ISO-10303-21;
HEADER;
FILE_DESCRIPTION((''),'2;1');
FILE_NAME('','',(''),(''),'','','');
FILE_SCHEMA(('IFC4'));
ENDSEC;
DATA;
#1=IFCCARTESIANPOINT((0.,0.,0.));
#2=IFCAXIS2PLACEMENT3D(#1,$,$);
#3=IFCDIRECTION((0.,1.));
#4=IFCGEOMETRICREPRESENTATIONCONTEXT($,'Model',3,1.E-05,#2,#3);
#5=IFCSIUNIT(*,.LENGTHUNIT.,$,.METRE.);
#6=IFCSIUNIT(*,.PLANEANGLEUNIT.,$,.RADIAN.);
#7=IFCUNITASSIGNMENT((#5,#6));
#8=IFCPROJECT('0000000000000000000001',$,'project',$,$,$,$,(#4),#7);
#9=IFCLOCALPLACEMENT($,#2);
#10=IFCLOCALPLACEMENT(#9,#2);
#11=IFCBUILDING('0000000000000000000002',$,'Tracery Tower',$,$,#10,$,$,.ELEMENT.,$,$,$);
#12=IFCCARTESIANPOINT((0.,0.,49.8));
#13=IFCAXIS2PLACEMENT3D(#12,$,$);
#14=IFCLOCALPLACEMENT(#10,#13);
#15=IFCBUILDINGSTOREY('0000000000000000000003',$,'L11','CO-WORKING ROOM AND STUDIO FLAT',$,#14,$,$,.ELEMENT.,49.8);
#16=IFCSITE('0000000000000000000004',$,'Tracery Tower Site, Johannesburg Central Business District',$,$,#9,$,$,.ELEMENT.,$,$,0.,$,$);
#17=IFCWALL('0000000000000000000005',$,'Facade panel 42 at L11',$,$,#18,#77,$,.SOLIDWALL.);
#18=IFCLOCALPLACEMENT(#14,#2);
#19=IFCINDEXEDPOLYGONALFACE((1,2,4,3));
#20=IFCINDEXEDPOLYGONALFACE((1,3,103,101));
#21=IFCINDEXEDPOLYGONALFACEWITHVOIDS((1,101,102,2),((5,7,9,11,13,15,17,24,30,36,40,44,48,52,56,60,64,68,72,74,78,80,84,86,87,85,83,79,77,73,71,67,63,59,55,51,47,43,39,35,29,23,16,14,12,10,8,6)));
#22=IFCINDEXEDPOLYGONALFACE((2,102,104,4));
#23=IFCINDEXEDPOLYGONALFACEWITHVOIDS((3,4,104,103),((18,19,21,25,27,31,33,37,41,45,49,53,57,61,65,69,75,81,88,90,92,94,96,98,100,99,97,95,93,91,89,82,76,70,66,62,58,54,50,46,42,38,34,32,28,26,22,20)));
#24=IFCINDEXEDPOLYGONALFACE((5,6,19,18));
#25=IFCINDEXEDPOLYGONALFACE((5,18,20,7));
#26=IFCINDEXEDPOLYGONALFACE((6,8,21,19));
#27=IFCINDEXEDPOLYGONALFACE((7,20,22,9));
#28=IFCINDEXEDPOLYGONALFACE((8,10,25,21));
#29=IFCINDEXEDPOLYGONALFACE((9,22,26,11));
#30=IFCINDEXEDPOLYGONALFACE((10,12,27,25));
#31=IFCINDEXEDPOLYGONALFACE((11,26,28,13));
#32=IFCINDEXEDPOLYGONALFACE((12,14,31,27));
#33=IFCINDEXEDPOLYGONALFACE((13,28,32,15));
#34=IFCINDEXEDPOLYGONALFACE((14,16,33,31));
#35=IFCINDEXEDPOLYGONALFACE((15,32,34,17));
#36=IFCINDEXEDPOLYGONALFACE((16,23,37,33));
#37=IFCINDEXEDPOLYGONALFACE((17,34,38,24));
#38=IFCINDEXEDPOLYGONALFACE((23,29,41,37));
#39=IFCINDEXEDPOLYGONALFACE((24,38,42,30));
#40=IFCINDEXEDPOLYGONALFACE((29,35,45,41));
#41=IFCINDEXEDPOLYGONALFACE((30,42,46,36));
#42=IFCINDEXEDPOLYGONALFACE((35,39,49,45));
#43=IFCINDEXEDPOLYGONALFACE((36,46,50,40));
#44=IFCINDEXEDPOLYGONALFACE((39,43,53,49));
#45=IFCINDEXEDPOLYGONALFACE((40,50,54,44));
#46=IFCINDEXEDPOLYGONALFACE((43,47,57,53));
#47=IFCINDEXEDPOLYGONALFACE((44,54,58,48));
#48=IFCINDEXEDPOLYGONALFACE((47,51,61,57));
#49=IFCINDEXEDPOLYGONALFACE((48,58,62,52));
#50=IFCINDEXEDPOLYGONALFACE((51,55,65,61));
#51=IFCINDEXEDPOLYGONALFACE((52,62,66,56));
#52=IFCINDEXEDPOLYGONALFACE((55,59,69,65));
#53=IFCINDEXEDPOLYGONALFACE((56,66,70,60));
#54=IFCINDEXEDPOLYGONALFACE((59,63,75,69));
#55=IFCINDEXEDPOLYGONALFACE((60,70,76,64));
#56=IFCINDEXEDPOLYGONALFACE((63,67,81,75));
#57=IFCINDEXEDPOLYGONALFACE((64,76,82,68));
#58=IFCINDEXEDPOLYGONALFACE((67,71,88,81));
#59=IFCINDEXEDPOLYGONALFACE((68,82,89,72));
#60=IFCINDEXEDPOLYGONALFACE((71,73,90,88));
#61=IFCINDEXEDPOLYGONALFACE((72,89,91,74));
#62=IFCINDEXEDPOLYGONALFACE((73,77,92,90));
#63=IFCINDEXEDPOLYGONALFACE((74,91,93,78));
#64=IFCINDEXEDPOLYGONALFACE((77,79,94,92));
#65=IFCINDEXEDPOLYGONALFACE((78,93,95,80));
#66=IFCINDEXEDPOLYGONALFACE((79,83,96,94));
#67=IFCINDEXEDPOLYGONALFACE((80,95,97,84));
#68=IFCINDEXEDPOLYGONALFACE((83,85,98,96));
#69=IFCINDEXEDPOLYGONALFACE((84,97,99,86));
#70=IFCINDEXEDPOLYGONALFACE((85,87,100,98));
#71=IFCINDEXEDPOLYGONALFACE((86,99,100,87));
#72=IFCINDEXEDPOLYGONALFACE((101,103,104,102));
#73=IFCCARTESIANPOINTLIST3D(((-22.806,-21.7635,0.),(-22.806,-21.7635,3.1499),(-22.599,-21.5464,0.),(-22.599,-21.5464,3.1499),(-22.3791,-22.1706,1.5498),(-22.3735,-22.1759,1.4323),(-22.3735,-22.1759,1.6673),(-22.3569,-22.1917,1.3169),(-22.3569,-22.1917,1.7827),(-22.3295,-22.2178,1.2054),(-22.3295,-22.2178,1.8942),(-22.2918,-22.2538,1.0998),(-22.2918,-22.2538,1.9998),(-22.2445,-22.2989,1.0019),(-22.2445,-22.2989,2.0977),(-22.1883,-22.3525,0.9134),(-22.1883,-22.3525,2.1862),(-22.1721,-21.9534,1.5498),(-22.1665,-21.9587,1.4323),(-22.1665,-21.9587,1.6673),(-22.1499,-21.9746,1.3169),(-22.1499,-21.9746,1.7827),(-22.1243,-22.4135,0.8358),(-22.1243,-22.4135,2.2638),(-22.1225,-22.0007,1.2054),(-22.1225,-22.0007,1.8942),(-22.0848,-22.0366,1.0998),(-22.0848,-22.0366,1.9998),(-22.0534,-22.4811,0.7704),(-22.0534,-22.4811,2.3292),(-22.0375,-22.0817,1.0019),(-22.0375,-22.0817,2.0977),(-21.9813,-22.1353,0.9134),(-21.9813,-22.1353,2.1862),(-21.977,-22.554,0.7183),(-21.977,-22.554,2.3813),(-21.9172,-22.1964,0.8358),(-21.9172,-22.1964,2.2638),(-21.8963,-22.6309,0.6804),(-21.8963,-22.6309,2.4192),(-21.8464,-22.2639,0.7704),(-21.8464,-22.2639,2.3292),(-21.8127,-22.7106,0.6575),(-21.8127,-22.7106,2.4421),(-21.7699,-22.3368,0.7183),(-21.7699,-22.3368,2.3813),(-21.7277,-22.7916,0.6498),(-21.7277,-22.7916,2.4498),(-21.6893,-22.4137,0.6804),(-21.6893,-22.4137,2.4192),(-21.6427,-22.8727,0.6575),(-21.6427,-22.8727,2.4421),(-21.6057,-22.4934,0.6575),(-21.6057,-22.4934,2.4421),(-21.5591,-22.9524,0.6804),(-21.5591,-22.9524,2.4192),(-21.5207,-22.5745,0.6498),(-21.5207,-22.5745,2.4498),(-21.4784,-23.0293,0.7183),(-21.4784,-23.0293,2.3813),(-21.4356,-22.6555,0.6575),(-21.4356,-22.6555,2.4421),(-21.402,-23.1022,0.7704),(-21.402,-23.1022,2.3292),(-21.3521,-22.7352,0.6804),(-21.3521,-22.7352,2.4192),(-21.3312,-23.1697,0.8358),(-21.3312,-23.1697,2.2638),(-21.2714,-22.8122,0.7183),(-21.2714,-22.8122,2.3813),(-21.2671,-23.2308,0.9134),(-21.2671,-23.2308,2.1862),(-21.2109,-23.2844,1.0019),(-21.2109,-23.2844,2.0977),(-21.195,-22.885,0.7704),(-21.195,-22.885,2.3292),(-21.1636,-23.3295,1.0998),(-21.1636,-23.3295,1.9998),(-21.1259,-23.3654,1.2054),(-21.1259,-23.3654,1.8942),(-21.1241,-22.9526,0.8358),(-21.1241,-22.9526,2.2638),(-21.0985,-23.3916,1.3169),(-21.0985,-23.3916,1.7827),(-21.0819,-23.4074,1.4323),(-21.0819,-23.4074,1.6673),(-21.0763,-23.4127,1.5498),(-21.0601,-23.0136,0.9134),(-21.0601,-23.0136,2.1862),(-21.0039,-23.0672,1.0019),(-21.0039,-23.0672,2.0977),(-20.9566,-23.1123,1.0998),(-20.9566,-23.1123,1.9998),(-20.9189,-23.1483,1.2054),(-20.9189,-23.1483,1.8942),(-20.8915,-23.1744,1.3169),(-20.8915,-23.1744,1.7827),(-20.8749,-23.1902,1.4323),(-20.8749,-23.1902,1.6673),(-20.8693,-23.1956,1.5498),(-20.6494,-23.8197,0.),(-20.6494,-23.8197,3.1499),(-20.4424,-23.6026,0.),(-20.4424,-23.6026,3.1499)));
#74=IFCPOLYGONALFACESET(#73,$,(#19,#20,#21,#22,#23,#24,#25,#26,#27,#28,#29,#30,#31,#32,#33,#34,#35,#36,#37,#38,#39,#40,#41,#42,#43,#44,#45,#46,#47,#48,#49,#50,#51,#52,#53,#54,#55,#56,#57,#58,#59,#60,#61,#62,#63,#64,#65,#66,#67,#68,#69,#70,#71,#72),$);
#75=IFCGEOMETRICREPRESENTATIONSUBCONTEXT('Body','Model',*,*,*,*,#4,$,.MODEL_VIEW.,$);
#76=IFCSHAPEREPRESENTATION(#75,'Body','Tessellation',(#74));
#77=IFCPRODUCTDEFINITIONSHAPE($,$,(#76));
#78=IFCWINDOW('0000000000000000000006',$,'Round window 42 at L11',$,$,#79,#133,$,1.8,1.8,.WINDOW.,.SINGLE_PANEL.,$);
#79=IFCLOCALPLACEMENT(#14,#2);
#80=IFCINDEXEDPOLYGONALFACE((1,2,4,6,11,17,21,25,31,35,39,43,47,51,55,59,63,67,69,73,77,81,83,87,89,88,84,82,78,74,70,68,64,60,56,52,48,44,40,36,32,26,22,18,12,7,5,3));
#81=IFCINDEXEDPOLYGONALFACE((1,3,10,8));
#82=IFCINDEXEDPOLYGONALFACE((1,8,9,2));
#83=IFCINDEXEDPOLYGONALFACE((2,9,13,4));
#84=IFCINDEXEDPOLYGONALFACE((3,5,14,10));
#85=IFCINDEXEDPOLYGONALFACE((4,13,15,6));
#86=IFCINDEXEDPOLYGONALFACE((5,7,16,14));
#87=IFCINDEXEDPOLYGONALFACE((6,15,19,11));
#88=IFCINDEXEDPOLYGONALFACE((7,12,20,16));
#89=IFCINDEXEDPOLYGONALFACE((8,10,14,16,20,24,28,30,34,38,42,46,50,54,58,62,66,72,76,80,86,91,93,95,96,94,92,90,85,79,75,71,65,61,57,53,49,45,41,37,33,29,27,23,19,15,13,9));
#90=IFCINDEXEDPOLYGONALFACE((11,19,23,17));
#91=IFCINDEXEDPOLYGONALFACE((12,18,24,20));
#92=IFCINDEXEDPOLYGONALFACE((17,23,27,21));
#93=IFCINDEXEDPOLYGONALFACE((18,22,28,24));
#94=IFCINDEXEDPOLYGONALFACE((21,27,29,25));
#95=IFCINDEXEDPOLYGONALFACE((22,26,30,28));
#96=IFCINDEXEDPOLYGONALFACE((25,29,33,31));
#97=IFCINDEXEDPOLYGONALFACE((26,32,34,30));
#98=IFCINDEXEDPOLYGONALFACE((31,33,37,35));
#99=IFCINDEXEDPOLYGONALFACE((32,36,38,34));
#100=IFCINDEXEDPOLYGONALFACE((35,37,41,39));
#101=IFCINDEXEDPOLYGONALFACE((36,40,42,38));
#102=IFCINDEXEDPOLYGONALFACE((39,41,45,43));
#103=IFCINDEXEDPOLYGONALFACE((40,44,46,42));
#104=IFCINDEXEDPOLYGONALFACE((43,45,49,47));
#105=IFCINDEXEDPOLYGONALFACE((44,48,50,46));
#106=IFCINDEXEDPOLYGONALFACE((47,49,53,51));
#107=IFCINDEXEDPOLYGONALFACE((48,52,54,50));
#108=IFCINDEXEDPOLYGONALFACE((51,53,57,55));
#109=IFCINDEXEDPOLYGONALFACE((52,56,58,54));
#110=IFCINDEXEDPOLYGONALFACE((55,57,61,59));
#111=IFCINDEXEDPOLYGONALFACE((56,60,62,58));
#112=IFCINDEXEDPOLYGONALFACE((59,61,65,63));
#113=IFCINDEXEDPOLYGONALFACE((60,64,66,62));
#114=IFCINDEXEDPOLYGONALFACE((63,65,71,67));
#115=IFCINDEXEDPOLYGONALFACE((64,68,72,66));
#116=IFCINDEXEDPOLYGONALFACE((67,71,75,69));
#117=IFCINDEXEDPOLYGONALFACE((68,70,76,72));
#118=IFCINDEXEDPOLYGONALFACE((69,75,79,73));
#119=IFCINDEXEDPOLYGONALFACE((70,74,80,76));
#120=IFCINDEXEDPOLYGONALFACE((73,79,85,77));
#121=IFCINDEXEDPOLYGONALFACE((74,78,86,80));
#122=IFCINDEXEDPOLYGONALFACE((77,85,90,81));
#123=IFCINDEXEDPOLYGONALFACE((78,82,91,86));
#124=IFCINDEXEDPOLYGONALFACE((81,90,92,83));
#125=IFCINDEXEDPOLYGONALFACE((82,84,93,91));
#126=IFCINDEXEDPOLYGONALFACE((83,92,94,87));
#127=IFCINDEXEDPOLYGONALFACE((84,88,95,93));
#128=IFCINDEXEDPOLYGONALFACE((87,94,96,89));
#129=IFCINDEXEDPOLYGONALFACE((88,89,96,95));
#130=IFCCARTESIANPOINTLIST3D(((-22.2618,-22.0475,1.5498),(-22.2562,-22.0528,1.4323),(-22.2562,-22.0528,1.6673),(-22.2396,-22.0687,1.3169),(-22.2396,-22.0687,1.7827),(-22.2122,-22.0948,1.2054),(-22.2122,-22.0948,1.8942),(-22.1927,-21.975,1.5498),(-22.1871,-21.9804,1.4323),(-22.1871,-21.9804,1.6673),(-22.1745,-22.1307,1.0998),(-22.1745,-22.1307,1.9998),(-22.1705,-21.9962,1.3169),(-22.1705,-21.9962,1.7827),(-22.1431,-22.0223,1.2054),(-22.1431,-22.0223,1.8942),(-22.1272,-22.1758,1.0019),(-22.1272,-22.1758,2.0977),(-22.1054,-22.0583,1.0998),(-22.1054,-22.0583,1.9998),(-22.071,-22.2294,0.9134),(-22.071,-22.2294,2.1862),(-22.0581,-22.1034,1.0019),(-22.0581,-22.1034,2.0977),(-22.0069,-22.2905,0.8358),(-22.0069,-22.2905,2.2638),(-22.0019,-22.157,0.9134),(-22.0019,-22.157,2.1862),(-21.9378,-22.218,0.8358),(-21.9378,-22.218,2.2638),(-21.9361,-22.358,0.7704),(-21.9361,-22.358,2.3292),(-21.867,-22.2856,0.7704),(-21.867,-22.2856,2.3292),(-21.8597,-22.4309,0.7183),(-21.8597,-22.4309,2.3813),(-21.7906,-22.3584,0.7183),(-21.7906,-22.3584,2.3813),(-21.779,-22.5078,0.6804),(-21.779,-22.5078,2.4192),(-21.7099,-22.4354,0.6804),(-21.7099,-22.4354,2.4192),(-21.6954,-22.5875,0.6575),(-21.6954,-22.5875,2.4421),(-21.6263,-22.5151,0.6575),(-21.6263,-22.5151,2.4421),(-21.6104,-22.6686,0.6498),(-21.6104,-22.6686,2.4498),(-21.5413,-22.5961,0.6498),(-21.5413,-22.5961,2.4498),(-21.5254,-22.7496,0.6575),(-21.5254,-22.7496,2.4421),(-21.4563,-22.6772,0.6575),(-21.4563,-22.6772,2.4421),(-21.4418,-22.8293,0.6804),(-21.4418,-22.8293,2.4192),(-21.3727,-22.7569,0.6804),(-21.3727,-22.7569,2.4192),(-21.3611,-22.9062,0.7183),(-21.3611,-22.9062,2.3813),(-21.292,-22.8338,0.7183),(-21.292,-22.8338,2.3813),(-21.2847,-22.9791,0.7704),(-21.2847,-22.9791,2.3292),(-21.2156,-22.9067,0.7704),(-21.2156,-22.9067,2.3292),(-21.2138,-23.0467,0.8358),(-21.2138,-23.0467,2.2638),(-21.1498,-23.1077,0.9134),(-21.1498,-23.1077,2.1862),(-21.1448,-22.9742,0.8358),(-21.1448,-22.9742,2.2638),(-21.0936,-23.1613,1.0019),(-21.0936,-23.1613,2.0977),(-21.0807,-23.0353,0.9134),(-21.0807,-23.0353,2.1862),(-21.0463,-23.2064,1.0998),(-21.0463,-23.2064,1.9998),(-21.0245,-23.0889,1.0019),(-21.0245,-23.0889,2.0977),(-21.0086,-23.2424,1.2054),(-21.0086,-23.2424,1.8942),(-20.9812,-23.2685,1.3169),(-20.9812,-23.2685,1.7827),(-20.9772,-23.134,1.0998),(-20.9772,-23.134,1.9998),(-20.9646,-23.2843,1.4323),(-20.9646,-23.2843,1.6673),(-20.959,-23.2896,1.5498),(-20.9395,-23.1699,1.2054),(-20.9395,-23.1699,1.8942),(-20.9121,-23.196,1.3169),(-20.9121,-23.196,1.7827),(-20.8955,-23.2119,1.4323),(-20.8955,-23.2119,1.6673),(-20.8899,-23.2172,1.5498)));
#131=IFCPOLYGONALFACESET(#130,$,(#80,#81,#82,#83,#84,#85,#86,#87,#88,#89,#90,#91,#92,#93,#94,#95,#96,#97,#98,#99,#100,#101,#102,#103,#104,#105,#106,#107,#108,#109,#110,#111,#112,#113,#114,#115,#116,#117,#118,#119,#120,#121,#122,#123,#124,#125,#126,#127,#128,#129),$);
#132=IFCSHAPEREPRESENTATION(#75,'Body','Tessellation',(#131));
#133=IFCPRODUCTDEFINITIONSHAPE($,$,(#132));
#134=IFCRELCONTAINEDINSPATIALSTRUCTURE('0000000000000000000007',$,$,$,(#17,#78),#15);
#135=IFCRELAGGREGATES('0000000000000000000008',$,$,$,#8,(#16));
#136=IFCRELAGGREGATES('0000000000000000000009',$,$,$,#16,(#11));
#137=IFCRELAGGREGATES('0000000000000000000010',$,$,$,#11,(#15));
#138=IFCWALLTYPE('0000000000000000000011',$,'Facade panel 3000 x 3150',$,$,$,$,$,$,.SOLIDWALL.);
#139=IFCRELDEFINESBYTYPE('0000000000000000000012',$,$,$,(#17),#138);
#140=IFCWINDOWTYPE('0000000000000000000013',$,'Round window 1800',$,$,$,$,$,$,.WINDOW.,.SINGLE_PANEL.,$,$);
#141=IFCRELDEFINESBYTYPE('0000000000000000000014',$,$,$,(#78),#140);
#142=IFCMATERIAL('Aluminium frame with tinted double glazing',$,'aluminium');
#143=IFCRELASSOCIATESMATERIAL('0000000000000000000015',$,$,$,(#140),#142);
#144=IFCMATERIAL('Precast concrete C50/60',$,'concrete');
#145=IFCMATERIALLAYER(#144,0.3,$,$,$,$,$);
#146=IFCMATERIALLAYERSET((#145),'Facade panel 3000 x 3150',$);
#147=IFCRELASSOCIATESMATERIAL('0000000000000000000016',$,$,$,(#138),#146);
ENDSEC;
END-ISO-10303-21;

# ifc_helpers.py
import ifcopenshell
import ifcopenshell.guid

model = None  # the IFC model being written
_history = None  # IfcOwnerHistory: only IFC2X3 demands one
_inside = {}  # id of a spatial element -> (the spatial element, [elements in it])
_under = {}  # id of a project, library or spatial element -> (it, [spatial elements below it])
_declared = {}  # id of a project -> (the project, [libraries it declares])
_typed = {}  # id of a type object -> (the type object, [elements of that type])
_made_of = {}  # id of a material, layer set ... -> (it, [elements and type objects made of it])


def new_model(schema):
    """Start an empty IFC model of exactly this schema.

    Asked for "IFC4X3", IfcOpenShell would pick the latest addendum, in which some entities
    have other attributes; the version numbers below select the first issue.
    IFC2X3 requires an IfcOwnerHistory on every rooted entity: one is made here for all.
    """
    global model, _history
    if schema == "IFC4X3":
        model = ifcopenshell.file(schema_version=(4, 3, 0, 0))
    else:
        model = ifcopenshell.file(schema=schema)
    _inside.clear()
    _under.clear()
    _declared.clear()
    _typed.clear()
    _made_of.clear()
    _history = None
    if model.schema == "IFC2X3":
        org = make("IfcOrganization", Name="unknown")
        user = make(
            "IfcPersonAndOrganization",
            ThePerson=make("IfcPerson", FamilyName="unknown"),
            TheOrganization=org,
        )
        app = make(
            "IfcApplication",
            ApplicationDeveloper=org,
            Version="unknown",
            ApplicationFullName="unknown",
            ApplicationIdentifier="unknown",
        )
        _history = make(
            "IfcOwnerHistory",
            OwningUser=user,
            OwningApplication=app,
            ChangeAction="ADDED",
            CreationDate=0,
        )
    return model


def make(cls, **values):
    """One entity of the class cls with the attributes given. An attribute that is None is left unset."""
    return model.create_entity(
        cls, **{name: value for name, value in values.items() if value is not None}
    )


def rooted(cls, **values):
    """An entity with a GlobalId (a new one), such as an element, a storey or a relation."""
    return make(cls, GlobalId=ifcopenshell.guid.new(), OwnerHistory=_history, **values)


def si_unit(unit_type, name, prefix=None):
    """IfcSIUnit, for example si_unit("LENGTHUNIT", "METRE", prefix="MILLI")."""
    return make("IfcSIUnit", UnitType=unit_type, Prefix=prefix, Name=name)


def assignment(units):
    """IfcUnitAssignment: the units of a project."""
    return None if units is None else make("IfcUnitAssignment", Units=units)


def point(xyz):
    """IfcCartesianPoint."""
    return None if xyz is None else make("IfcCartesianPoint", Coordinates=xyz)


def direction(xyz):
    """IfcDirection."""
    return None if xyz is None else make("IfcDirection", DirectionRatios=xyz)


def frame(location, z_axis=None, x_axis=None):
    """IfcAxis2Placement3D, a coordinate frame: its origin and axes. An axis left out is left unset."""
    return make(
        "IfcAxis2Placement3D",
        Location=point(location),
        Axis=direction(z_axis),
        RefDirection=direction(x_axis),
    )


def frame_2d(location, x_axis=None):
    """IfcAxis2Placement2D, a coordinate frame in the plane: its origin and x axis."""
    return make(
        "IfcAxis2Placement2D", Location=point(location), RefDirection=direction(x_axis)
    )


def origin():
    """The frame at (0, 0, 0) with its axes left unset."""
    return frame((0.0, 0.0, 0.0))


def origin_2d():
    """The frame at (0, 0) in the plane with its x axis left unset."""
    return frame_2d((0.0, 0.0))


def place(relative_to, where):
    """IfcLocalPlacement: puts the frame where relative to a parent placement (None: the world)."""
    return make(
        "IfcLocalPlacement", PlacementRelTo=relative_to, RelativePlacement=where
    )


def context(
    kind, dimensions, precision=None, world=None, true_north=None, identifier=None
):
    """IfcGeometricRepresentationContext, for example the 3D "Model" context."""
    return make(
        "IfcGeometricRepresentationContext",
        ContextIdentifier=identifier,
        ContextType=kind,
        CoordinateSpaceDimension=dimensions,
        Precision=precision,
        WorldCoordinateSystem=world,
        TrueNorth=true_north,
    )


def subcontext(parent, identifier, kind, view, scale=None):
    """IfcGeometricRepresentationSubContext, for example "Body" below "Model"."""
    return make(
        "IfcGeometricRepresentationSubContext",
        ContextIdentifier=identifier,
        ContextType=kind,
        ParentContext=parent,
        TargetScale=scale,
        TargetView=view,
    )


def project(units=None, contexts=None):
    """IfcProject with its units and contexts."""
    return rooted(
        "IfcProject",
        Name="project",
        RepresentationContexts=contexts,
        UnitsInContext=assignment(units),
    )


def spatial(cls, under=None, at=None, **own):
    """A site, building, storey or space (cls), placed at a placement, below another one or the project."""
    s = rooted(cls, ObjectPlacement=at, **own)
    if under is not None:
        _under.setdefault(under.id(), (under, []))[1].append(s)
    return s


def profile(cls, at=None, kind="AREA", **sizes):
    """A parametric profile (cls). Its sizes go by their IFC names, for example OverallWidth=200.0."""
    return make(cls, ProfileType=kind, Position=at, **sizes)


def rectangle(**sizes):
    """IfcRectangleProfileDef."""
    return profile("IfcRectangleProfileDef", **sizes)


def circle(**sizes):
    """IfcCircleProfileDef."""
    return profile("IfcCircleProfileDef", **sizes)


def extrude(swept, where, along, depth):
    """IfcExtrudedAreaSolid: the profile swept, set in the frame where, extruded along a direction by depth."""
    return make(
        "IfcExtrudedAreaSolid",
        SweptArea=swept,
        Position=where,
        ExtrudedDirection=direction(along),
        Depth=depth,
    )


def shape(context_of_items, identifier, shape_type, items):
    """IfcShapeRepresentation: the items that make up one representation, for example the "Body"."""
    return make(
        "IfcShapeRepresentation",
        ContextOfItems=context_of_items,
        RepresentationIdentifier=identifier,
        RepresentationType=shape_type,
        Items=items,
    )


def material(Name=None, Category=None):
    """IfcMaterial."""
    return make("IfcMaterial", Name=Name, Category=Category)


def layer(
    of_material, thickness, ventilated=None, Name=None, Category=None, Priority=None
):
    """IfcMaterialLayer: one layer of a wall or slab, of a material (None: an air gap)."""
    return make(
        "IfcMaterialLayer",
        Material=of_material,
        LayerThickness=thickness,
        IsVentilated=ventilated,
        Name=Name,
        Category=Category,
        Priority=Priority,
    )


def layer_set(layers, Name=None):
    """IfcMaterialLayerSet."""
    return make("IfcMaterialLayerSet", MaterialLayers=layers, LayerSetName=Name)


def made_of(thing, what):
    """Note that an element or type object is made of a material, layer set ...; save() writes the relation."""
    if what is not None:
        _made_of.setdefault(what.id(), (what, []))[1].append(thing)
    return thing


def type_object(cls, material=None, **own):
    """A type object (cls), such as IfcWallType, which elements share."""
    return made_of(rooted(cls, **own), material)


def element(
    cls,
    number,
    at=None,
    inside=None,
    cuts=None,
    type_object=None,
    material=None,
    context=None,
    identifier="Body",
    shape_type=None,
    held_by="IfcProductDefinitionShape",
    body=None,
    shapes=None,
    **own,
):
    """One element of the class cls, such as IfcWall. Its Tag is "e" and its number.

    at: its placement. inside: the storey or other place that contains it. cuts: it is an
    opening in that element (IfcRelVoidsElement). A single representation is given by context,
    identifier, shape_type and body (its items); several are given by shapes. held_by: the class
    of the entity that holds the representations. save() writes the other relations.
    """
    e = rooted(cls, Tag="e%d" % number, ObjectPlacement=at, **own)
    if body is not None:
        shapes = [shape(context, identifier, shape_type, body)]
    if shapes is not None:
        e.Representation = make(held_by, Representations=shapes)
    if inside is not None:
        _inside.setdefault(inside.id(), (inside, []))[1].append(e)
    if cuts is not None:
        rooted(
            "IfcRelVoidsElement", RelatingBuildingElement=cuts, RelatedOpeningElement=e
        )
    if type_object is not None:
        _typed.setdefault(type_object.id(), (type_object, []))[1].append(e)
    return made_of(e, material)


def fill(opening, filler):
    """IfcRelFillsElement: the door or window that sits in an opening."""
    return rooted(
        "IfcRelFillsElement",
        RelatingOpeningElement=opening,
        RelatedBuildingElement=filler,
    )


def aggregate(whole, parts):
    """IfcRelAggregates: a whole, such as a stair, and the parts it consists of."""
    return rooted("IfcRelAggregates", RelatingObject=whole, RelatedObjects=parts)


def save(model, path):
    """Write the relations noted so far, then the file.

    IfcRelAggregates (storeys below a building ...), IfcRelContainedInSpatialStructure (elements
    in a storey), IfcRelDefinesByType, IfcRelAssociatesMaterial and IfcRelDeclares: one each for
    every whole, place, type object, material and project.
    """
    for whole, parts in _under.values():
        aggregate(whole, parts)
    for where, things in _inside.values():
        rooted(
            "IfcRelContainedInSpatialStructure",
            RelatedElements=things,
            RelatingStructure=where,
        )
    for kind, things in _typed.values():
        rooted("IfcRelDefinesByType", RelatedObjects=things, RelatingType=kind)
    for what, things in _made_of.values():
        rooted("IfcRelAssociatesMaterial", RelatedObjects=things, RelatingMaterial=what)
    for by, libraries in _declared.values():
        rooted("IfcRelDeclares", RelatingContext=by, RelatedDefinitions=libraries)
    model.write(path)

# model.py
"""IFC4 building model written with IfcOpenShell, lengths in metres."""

from ifc_helpers import new_model, si_unit, direction, frame, frame_2d, origin, origin_2d, place, context, subcontext, project, spatial, rectangle, circle, extrude, material, layer, layer_set, type_object, element, fill, save


model = new_model("IFC4")

# Units and contexts
model_context = context("Model", 3, precision=1e-05, world=origin(), true_north=direction((0.0, 1.0)))
body_context = subcontext(model_context, "Body", "Model", "MODEL_VIEW")
ifc_project = project(units=[si_unit("LENGTHUNIT", "METRE"), si_unit("PLANEANGLEUNIT", "RADIAN")], contexts=[model_context])

# Site, building, storey
site_placement = place(None, origin())
site = spatial("IfcSite", under=ifc_project, at=site_placement, Name="Tracery Tower Site, Johannesburg Central Business District", CompositionType="ELEMENT", RefElevation=0.0)
building_placement = place(site_placement, origin())
building = spatial("IfcBuilding", under=site, at=building_placement, Name="Tracery Tower", CompositionType="ELEMENT")
storey_placement = place(building_placement, frame((0.0, 0.0, 49.8)))
storey = spatial("IfcBuildingStorey", under=building, at=storey_placement, Name="L11", Description="CO-WORKING ROOM AND STUDIO FLAT", CompositionType="ELEMENT", Elevation=49.8)

# Wall, opening, window
ifc_material_1 = material(Name="Aluminium frame with tinted double glazing", Category="aluminium")
window_type = type_object("IfcWindowType", Name="Round window 1800", PartitioningType="SINGLE_PANEL", PredefinedType="WINDOW", material=ifc_material_1)
ifc_material_2 = material(Name="Precast concrete C50/60", Category="concrete")
ifc_layer_1 = layer(ifc_material_2, 0.3)
ifc_layer_set_1 = layer_set([ifc_layer_1], Name="Facade panel 3000 x 3150")
wall_type_1 = type_object("IfcWallType", Name="Facade panel 3000 x 3150", PredefinedType="SOLIDWALL", material=ifc_layer_set_1)
wall_1_placement = place(storey_placement, frame((-22.7024, -21.655, 0.0), z_axis=(0.0, 0.0, 1.0), x_axis=(0.723744, -0.690068, 0.0)))
wall_1 = element("IfcWall", 1, at=wall_1_placement, inside=storey, type_object=wall_type_1, Name="Facade panel 42 at L11", PredefinedType="SOLIDWALL", context=body_context, shape_type="SweptSolid", body=[
    extrude(rectangle(XDim=2.9797, YDim=0.3, at=frame_2d((1.4897, 0.0))), origin(), (0.0, 0.0, 1.0), 3.1499),
])
opening_1_placement = place(wall_1_placement, frame((1.4897, 0.0, 1.5498)))
opening_1 = element("IfcOpeningElement", 2, at=opening_1_placement, cuts=wall_1, PredefinedType="OPENING", context=body_context, shape_type="SweptSolid", body=[
    extrude(circle(Radius=0.9, at=origin_2d()), frame((0.0, 0.1599, 0.0), z_axis=(0.0, -1.0, 0.0), x_axis=(1.0, 0.0, 0.0)), (0.0, 0.0, 1.0), 0.3201),
])
window_1_placement = place(opening_1_placement, origin())
window_1 = element("IfcWindow", 3, at=window_1_placement, inside=storey, type_object=window_type, Name="Round window 42 at L11", OverallHeight=1.8, OverallWidth=1.8, PartitioningType="SINGLE_PANEL", PredefinedType="WINDOW", context=body_context, shape_type="SweptSolid", body=[
    extrude(circle(Radius=0.9, at=origin_2d()), frame((0.0, 0.1201, 0.0), z_axis=(0.0, -1.0, 0.0), x_axis=(1.0, 0.0, 0.0)), (0.0, 0.0, 1.0), 0.1001),
])
fill(opening_1, window_1)

save(model, "model.ifc")
